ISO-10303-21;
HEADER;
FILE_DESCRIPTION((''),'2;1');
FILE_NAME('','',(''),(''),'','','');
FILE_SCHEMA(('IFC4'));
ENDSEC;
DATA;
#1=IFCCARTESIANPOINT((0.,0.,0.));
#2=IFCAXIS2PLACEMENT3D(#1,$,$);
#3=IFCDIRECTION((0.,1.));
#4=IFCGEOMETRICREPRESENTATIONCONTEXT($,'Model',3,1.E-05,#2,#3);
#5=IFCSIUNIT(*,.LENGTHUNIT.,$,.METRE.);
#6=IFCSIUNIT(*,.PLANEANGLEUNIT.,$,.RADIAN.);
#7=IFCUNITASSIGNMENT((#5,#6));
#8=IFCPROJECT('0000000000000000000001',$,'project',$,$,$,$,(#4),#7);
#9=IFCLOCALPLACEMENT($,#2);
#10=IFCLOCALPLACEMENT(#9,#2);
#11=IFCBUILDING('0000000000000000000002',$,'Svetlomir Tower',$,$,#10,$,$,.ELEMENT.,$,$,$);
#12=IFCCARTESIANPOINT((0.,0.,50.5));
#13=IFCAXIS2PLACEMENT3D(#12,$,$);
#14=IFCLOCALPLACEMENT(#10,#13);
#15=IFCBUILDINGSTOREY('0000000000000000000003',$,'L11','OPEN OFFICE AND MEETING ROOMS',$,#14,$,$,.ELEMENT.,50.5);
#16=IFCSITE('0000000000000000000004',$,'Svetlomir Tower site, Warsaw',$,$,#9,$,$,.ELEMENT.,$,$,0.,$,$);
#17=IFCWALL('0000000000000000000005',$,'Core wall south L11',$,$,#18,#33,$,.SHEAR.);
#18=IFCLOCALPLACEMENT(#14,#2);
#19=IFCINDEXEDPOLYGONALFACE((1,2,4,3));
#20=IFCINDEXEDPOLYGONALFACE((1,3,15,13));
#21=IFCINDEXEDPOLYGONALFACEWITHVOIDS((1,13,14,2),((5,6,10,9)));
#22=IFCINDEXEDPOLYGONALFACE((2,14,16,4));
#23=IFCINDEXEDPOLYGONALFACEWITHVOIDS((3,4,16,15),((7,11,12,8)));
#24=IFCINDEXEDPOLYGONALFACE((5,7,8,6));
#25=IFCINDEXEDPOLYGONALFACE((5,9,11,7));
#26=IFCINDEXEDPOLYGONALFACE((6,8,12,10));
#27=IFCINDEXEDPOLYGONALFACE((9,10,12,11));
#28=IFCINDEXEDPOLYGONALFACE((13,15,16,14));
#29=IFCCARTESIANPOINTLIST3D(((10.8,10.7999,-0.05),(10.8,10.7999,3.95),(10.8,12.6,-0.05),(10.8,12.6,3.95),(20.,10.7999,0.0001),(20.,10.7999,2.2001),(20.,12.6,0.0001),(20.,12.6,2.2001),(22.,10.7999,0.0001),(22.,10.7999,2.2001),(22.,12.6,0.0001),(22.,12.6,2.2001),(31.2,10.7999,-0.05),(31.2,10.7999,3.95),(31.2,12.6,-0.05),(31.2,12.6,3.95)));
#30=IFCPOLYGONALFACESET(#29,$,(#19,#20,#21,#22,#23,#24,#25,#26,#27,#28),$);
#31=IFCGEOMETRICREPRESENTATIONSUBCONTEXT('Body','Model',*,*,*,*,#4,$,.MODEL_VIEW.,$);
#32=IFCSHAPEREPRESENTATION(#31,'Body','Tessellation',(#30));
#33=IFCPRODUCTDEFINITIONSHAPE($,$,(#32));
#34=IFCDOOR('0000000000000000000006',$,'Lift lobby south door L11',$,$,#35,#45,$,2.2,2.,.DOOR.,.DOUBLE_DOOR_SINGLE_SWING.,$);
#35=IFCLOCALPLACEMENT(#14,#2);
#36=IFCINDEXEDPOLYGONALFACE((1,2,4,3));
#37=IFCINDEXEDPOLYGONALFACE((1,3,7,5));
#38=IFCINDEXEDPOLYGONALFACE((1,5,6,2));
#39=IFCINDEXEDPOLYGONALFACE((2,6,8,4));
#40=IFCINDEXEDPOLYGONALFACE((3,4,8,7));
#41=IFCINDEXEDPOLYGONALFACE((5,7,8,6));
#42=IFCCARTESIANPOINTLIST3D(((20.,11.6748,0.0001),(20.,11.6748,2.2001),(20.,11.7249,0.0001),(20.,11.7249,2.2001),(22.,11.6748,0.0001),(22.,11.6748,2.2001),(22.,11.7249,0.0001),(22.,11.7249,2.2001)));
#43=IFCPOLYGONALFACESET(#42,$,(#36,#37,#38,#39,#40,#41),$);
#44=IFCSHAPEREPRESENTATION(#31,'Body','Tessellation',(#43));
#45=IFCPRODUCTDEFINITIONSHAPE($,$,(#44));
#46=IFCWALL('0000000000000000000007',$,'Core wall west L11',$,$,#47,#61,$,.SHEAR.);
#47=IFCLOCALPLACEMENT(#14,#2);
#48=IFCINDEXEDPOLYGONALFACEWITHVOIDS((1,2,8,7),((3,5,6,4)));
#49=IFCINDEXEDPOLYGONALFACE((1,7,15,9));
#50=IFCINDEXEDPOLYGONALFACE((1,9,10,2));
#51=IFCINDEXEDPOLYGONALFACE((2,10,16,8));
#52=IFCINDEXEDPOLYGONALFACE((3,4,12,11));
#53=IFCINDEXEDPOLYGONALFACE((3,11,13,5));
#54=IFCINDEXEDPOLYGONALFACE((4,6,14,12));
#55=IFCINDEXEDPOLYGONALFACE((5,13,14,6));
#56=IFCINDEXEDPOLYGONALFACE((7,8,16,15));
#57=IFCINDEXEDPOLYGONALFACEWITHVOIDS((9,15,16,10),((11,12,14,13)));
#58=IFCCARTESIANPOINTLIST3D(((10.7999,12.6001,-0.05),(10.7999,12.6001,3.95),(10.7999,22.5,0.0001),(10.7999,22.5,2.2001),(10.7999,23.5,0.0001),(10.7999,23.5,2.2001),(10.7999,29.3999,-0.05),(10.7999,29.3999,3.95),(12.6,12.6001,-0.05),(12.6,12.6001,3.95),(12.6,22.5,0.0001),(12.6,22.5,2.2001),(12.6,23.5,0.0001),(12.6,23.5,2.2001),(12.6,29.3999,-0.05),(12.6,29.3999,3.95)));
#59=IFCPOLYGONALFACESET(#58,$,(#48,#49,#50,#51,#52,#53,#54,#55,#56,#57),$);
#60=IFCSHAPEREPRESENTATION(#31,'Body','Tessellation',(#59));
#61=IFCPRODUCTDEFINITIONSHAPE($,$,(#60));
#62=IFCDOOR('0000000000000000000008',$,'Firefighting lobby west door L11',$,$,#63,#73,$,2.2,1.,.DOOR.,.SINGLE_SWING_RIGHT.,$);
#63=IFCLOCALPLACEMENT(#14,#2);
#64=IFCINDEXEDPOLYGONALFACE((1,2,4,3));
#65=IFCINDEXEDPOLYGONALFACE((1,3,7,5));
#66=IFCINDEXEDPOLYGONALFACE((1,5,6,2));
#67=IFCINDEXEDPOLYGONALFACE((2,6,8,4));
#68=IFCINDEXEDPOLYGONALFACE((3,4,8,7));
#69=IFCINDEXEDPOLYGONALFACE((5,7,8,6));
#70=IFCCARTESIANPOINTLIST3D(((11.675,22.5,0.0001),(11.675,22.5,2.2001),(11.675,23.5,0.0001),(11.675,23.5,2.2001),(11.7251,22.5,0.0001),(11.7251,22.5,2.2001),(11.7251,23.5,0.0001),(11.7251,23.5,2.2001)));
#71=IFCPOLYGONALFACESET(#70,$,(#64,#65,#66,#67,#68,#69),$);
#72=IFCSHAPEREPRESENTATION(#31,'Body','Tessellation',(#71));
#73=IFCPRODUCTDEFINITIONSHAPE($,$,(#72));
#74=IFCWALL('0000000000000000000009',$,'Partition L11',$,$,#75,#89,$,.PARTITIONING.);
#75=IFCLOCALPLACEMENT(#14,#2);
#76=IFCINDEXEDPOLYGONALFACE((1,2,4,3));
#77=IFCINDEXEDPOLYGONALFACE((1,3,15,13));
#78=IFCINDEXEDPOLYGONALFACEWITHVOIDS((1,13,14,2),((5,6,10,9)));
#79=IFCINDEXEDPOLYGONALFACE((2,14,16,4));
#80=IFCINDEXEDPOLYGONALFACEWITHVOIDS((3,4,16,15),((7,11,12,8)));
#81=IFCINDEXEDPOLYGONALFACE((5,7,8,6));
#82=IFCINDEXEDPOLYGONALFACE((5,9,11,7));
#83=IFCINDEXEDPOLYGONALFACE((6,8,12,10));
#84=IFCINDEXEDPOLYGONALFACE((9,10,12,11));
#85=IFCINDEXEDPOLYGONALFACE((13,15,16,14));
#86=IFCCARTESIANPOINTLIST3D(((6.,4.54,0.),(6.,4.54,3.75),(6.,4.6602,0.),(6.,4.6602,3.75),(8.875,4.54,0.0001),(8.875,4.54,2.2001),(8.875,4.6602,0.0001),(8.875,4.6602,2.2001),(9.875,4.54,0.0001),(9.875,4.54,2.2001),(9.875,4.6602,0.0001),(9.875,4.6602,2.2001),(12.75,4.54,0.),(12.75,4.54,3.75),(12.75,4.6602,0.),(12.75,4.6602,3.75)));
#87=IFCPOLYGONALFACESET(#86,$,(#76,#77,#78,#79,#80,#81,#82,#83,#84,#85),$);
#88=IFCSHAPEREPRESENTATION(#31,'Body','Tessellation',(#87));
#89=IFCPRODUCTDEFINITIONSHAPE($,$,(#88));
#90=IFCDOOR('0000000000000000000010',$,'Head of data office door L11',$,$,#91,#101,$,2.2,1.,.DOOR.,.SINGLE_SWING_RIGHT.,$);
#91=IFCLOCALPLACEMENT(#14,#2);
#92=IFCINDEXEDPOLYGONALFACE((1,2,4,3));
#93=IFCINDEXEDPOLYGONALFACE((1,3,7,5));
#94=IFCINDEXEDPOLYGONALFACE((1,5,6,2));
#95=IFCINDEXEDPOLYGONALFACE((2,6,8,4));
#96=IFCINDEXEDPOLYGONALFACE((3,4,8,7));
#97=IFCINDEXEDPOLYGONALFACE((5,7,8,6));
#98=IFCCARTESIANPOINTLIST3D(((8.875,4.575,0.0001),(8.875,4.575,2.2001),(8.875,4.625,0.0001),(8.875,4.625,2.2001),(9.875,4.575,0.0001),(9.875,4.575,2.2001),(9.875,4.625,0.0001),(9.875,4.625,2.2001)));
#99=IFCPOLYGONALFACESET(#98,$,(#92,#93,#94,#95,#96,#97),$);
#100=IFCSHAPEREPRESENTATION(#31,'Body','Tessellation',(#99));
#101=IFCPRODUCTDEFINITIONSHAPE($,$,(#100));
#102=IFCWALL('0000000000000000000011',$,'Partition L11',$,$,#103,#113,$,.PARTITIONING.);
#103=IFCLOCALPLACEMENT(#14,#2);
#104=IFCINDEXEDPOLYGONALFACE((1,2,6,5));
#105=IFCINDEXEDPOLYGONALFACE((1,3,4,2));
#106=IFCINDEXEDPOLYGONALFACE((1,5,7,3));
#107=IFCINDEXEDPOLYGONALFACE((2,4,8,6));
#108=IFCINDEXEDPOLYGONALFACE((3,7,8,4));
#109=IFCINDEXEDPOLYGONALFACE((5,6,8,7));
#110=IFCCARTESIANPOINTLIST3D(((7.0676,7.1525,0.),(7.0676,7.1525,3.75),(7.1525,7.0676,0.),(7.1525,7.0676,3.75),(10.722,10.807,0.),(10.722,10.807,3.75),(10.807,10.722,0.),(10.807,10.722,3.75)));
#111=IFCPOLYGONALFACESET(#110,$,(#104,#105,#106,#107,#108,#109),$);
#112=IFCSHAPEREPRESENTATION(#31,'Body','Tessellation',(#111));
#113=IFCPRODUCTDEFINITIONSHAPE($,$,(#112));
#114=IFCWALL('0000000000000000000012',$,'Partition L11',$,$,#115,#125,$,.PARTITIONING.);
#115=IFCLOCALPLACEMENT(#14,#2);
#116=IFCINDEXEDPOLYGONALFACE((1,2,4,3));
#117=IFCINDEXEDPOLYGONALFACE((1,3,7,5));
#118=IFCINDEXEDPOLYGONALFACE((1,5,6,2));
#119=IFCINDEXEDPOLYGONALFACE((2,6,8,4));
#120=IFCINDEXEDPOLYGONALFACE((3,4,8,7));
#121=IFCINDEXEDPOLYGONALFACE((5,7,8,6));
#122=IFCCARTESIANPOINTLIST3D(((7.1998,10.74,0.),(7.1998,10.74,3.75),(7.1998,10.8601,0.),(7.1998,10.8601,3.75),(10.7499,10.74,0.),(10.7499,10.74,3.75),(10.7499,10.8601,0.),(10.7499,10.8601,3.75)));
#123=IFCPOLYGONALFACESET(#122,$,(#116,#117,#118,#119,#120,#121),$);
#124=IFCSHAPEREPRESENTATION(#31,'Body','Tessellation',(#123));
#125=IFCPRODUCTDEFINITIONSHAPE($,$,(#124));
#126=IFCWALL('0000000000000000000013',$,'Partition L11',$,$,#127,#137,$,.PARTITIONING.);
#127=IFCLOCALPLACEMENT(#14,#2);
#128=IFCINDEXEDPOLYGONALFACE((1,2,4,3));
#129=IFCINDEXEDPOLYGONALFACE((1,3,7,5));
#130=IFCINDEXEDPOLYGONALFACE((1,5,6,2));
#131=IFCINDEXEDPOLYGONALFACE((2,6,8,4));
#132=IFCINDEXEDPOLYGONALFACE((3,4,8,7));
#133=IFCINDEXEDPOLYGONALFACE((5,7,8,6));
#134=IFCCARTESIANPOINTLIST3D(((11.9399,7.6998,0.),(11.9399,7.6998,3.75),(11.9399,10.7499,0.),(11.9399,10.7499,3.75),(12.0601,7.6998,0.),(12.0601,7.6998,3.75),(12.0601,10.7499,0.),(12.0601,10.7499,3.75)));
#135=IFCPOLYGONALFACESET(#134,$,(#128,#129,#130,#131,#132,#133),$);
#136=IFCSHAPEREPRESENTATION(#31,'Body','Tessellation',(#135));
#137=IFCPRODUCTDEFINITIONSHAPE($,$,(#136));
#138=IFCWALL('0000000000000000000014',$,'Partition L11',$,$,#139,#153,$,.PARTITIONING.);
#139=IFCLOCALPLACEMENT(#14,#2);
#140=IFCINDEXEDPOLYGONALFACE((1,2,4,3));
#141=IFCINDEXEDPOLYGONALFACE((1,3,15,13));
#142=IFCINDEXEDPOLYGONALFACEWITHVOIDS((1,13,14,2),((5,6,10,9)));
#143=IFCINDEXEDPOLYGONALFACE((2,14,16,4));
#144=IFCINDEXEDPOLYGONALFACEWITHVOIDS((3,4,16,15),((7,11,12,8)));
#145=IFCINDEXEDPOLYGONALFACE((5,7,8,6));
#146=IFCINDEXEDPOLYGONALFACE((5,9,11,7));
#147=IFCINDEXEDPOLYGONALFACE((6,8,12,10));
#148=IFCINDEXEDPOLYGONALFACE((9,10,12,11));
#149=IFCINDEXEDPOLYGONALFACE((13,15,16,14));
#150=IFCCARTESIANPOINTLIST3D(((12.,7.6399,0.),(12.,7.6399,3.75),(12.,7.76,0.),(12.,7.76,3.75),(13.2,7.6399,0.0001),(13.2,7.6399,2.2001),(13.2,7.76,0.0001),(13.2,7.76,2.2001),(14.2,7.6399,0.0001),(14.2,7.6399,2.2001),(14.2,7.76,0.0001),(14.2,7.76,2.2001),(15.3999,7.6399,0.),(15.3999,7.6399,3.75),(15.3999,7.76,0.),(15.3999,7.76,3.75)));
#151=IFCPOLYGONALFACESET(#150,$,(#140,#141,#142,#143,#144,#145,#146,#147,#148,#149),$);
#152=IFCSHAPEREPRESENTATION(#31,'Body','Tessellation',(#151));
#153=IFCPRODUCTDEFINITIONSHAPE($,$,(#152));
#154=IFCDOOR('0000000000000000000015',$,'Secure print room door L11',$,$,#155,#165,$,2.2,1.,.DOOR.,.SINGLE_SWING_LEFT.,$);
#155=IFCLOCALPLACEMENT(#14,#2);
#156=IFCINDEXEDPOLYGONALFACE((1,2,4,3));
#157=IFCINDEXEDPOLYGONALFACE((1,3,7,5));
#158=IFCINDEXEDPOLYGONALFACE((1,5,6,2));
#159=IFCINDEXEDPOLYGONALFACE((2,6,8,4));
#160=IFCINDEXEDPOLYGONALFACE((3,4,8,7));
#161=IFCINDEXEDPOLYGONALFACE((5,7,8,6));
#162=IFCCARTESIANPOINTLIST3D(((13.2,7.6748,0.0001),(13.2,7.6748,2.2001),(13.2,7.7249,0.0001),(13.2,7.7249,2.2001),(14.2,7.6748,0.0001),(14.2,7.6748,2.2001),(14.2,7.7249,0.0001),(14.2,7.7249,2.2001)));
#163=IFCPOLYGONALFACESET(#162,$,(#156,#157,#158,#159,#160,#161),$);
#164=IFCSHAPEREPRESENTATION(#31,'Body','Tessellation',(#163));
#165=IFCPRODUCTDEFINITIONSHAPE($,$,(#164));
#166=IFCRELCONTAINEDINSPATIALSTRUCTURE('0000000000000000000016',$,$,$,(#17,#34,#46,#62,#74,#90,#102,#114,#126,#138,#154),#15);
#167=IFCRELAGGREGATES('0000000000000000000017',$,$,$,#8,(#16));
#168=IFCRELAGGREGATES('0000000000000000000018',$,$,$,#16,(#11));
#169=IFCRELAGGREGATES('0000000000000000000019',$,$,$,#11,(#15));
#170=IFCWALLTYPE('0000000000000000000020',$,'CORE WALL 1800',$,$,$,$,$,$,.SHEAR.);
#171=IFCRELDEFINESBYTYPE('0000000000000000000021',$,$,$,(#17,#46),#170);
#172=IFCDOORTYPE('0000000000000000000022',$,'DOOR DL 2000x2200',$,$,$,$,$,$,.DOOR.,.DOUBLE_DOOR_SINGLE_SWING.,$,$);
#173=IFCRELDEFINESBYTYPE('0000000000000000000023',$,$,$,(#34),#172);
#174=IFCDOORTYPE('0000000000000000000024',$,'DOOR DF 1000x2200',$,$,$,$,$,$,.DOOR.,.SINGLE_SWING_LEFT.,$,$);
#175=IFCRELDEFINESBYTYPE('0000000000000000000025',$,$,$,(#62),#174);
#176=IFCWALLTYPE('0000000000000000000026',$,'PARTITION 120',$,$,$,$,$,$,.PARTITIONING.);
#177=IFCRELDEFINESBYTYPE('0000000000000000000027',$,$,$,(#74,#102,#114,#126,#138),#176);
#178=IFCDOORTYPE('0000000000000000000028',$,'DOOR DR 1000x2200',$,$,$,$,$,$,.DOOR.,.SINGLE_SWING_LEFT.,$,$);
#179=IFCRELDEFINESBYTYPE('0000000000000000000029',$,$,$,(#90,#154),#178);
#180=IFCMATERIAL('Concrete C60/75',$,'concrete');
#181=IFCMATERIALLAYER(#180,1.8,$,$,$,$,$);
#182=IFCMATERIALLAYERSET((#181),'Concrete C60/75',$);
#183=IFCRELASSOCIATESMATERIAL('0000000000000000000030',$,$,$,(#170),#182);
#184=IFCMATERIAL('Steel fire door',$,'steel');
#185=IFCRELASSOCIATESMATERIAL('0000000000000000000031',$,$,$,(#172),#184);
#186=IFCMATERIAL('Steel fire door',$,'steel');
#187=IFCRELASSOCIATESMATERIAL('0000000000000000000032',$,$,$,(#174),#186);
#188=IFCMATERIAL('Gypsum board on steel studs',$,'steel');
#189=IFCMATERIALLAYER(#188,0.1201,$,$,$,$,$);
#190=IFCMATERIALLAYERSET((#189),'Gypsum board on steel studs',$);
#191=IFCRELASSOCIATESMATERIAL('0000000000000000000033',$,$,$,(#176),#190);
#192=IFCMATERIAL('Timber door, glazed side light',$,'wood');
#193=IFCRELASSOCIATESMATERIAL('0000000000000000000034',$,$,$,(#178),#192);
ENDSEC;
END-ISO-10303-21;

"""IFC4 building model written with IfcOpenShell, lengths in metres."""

from ifc_helpers import new_model, si_unit, direction, frame, frame_2d, origin, place, context, subcontext, project, spatial, rectangle, extrude, material, layer, layer_set, type_object, element, fill, save


model = new_model("IFC4")

# Units and contexts
model_context = context("Model", 3, precision=1e-05, world=origin(), true_north=direction((0.0, 1.0)))
body_context = subcontext(model_context, "Body", "Model", "MODEL_VIEW")
ifc_project = project(units=[si_unit("LENGTHUNIT", "METRE"), si_unit("PLANEANGLEUNIT", "RADIAN")], contexts=[model_context])

# Site, building, storey
site_placement = place(None, origin())
site = spatial("IfcSite", under=ifc_project, at=site_placement, Name="Svetlomir Tower site, Warsaw", CompositionType="ELEMENT", RefElevation=0.0)
building_placement = place(site_placement, origin())
building = spatial("IfcBuilding", under=site, at=building_placement, Name="Svetlomir Tower", CompositionType="ELEMENT")
storey_placement = place(building_placement, frame((0.0, 0.0, 50.5)))
storey = spatial("IfcBuildingStorey", under=building, at=storey_placement, Name="L11", Description="OPEN OFFICE AND MEETING ROOMS", CompositionType="ELEMENT", Elevation=50.5)

# Walls, openings, doors
ifc_material_1 = material(Name="Concrete C60/75", Category="concrete")
ifc_layer_1 = layer(ifc_material_1, 1.8)
ifc_layer_set_1 = layer_set([ifc_layer_1], Name="Concrete C60/75")
wall_type_1 = type_object("IfcWallType", Name="CORE WALL 1800", PredefinedType="SHEAR", material=ifc_layer_set_1)
wall_1_placement = place(storey_placement, frame((10.8, 11.7, -0.05), z_axis=(0.0, 0.0, 1.0), x_axis=(1.0, 0.0, 0.0)))
wall_1 = element("IfcWall", 1, at=wall_1_placement, inside=storey, type_object=wall_type_1, Name="Core wall south L11", PredefinedType="SHEAR", context=body_context, shape_type="SweptSolid", body=[
    extrude(rectangle(XDim=20.3999, YDim=1.8, at=frame_2d((10.2, 0.0))), origin(), (0.0, 0.0, 1.0), 4.0),
])
opening_1_placement = place(wall_1_placement, frame((9.2, 0.0, 0.05)))
opening_1 = element("IfcOpeningElement", 2, at=opening_1_placement, cuts=wall_1, PredefinedType="OPENING", context=body_context, shape_type="SweptSolid", body=[
    extrude(rectangle(XDim=2.0, YDim=2.2, at=frame_2d((1.0, 1.1001))), frame((0.0, 0.9102, 0.0), z_axis=(0.0, -1.0, 0.0), x_axis=(1.0, 0.0, 0.0)), (0.0, 0.0, 1.0), 1.8201),
])
ifc_material_2 = material(Name="Steel fire door", Category="steel")
door_type_1 = type_object("IfcDoorType", Name="DOOR DL 2000x2200", OperationType="DOUBLE_DOOR_SINGLE_SWING", PredefinedType="DOOR", material=ifc_material_2)
door_1_placement = place(opening_1_placement, origin())
door_1 = element("IfcDoor", 3, at=door_1_placement, inside=storey, type_object=door_type_1, Name="Lift lobby south door L11", OperationType="DOUBLE_DOOR_SINGLE_SWING", OverallHeight=2.2, OverallWidth=2.0, PredefinedType="DOOR", context=body_context, shape_type="SweptSolid", body=[
    extrude(rectangle(XDim=2.0, YDim=2.2, at=frame_2d((1.0, 1.1001))), frame((0.0, 0.0249, 0.0), z_axis=(0.0, -1.0, 0.0), x_axis=(1.0, 0.0, 0.0)), (0.0, 0.0, 1.0), 0.05),
])
fill(opening_1, door_1)
wall_2_placement = place(storey_placement, frame((11.7, 12.6001, -0.05), z_axis=(0.0, 0.0, 1.0), x_axis=(0.0, 1.0, 0.0)))
wall_2 = element("IfcWall", 4, at=wall_2_placement, inside=storey, type_object=wall_type_1, Name="Core wall west L11", PredefinedType="SHEAR", context=body_context, shape_type="SweptSolid", body=[
    extrude(rectangle(XDim=16.7998, YDim=1.8, at=frame_2d((8.3999, 0.0))), origin(), (0.0, 0.0, 1.0), 4.0),
])
opening_2_placement = place(wall_2_placement, frame((9.8999, 0.0, 0.05)))
opening_2 = element("IfcOpeningElement", 5, at=opening_2_placement, cuts=wall_2, PredefinedType="OPENING", context=body_context, shape_type="SweptSolid", body=[
    extrude(rectangle(XDim=1.0, YDim=2.2, at=frame_2d((0.5, 1.1001))), frame((0.0, 0.9102, 0.0), z_axis=(0.0, -1.0, 0.0), x_axis=(1.0, 0.0, 0.0)), (0.0, 0.0, 1.0), 1.8201),
])
ifc_material_3 = material(Name="Steel fire door", Category="steel")
door_type_2 = type_object("IfcDoorType", Name="DOOR DF 1000x2200", OperationType="SINGLE_SWING_LEFT", PredefinedType="DOOR", material=ifc_material_3)
door_2_placement = place(opening_2_placement, origin())
door_2 = element("IfcDoor", 6, at=door_2_placement, inside=storey, type_object=door_type_2, Name="Firefighting lobby west door L11", OperationType="SINGLE_SWING_RIGHT", OverallHeight=2.2, OverallWidth=1.0, PredefinedType="DOOR", context=body_context, shape_type="SweptSolid", body=[
    extrude(rectangle(XDim=1.0, YDim=2.2, at=frame_2d((0.5, 1.1001))), frame((0.0, 0.0249, 0.0), z_axis=(0.0, -1.0, 0.0), x_axis=(1.0, 0.0, 0.0)), (0.0, 0.0, 1.0), 0.05),
])
fill(opening_2, door_2)
ifc_material_4 = material(Name="Gypsum board on steel studs", Category="steel")
ifc_layer_2 = layer(ifc_material_4, 0.1201)
ifc_layer_set_2 = layer_set([ifc_layer_2], Name="Gypsum board on steel studs")
wall_type_2 = type_object("IfcWallType", Name="PARTITION 120", PredefinedType="PARTITIONING", material=ifc_layer_set_2)
wall_3_placement = place(storey_placement, frame((6.0, 4.6001, 0.0), z_axis=(0.0, 0.0, 1.0), x_axis=(1.0, 0.0, 0.0)))
wall_3 = element("IfcWall", 7, at=wall_3_placement, inside=storey, type_object=wall_type_2, Name="Partition L11", PredefinedType="PARTITIONING", context=body_context, shape_type="SweptSolid", body=[
    extrude(rectangle(XDim=6.75, YDim=0.1201, at=frame_2d((3.375, 0.0))), origin(), (0.0, 0.0, 1.0), 3.75),
])
opening_3_placement = place(wall_3_placement, frame((2.875, 0.0, 0.0)))
opening_3 = element("IfcOpeningElement", 8, at=opening_3_placement, cuts=wall_3, PredefinedType="OPENING", context=body_context, shape_type="SweptSolid", body=[
    extrude(rectangle(XDim=1.0, YDim=2.2, at=frame_2d((0.5, 1.1001))), frame((0.0, 0.0701, 0.0), z_axis=(0.0, -1.0, 0.0), x_axis=(1.0, 0.0, 0.0)), (0.0, 0.0, 1.0), 0.1401),
])
ifc_material_5 = material(Name="Timber door, glazed side light", Category="wood")
door_type_3 = type_object("IfcDoorType", Name="DOOR DR 1000x2200", OperationType="SINGLE_SWING_LEFT", PredefinedType="DOOR", material=ifc_material_5)
door_3_placement = place(opening_3_placement, origin())
door_3 = element("IfcDoor", 9, at=door_3_placement, inside=storey, type_object=door_type_3, Name="Head of data office door L11", OperationType="SINGLE_SWING_RIGHT", OverallHeight=2.2, OverallWidth=1.0, PredefinedType="DOOR", context=body_context, shape_type="SweptSolid", body=[
    extrude(rectangle(XDim=1.0, YDim=2.2, at=frame_2d((0.5, 1.1001))), frame((0.0, 0.0249, 0.0), z_axis=(0.0, -1.0, 0.0), x_axis=(1.0, 0.0, 0.0)), (0.0, 0.0, 1.0), 0.05),
])
fill(opening_3, door_3)

# Wall
wall_4_placement = place(storey_placement, frame((7.1101, 7.1101, 0.0), z_axis=(0.0, 0.0, 1.0), x_axis=(0.707107, 0.707107, 0.0)))
element("IfcWall", 10, at=wall_4_placement, inside=storey, type_object=wall_type_2, Name="Partition L11", PredefinedType="PARTITIONING", context=body_context, shape_type="SweptSolid", body=[
    extrude(rectangle(XDim=5.1682, YDim=0.1201, at=frame_2d((2.584, 0.0))), origin(), (0.0, 0.0, 1.0), 3.75),
])

# Walls
wall_5_placement = place(storey_placement, frame((7.2, 10.8, 0.0), z_axis=(0.0, 0.0, 1.0), x_axis=(1.0, 0.0, 0.0)))
element("IfcWall", 11, at=wall_5_placement, inside=storey, type_object=wall_type_2, Name="Partition L11", PredefinedType="PARTITIONING", context=body_context, shape_type="SweptSolid", body=[
    extrude(rectangle(XDim=3.55, YDim=0.1201, at=frame_2d((1.7749, 0.0))), origin(), (0.0, 0.0, 1.0), 3.75),
])
wall_6_placement = place(storey_placement, frame((12.0, 7.7, 0.0), z_axis=(0.0, 0.0, 1.0), x_axis=(0.0, 1.0, 0.0)))
element("IfcWall", 12, at=wall_6_placement, inside=storey, type_object=wall_type_2, Name="Partition L11", PredefinedType="PARTITIONING", context=body_context, shape_type="SweptSolid", body=[
    extrude(rectangle(XDim=3.05, YDim=0.1201, at=frame_2d((1.5249, 0.0))), origin(), (0.0, 0.0, 1.0), 3.75),
])

# Wall, opening, door
wall_7_placement = place(storey_placement, frame((12.0, 7.7, 0.0), z_axis=(0.0, 0.0, 1.0), x_axis=(1.0, 0.0, 0.0)))
wall_7 = element("IfcWall", 13, at=wall_7_placement, inside=storey, type_object=wall_type_2, Name="Partition L11", PredefinedType="PARTITIONING", context=body_context, shape_type="SweptSolid", body=[
    extrude(rectangle(XDim=3.3999, YDim=0.1201, at=frame_2d((1.7, 0.0))), origin(), (0.0, 0.0, 1.0), 3.75),
])
opening_4_placement = place(wall_7_placement, frame((1.2, 0.0, 0.0)))
opening_4 = element("IfcOpeningElement", 14, at=opening_4_placement, cuts=wall_7, PredefinedType="OPENING", context=body_context, shape_type="SweptSolid", body=[
    extrude(rectangle(XDim=1.0, YDim=2.2, at=frame_2d((0.5, 1.1001))), frame((0.0, 0.0701, 0.0), z_axis=(0.0, -1.0, 0.0), x_axis=(1.0, 0.0, 0.0)), (0.0, 0.0, 1.0), 0.1401),
])
door_4_placement = place(opening_4_placement, origin())
door_4 = element("IfcDoor", 15, at=door_4_placement, inside=storey, type_object=door_type_3, Name="Secure print room door L11", OperationType="SINGLE_SWING_LEFT", OverallHeight=2.2, OverallWidth=1.0, PredefinedType="DOOR", context=body_context, shape_type="SweptSolid", body=[
    extrude(rectangle(XDim=1.0, YDim=2.2, at=frame_2d((0.5, 1.1001))), frame((0.0, 0.0249, 0.0), z_axis=(0.0, -1.0, 0.0), x_axis=(1.0, 0.0, 0.0)), (0.0, 0.0, 1.0), 0.05),
])
fill(opening_4, door_4)

save(model, "model.ifc")
